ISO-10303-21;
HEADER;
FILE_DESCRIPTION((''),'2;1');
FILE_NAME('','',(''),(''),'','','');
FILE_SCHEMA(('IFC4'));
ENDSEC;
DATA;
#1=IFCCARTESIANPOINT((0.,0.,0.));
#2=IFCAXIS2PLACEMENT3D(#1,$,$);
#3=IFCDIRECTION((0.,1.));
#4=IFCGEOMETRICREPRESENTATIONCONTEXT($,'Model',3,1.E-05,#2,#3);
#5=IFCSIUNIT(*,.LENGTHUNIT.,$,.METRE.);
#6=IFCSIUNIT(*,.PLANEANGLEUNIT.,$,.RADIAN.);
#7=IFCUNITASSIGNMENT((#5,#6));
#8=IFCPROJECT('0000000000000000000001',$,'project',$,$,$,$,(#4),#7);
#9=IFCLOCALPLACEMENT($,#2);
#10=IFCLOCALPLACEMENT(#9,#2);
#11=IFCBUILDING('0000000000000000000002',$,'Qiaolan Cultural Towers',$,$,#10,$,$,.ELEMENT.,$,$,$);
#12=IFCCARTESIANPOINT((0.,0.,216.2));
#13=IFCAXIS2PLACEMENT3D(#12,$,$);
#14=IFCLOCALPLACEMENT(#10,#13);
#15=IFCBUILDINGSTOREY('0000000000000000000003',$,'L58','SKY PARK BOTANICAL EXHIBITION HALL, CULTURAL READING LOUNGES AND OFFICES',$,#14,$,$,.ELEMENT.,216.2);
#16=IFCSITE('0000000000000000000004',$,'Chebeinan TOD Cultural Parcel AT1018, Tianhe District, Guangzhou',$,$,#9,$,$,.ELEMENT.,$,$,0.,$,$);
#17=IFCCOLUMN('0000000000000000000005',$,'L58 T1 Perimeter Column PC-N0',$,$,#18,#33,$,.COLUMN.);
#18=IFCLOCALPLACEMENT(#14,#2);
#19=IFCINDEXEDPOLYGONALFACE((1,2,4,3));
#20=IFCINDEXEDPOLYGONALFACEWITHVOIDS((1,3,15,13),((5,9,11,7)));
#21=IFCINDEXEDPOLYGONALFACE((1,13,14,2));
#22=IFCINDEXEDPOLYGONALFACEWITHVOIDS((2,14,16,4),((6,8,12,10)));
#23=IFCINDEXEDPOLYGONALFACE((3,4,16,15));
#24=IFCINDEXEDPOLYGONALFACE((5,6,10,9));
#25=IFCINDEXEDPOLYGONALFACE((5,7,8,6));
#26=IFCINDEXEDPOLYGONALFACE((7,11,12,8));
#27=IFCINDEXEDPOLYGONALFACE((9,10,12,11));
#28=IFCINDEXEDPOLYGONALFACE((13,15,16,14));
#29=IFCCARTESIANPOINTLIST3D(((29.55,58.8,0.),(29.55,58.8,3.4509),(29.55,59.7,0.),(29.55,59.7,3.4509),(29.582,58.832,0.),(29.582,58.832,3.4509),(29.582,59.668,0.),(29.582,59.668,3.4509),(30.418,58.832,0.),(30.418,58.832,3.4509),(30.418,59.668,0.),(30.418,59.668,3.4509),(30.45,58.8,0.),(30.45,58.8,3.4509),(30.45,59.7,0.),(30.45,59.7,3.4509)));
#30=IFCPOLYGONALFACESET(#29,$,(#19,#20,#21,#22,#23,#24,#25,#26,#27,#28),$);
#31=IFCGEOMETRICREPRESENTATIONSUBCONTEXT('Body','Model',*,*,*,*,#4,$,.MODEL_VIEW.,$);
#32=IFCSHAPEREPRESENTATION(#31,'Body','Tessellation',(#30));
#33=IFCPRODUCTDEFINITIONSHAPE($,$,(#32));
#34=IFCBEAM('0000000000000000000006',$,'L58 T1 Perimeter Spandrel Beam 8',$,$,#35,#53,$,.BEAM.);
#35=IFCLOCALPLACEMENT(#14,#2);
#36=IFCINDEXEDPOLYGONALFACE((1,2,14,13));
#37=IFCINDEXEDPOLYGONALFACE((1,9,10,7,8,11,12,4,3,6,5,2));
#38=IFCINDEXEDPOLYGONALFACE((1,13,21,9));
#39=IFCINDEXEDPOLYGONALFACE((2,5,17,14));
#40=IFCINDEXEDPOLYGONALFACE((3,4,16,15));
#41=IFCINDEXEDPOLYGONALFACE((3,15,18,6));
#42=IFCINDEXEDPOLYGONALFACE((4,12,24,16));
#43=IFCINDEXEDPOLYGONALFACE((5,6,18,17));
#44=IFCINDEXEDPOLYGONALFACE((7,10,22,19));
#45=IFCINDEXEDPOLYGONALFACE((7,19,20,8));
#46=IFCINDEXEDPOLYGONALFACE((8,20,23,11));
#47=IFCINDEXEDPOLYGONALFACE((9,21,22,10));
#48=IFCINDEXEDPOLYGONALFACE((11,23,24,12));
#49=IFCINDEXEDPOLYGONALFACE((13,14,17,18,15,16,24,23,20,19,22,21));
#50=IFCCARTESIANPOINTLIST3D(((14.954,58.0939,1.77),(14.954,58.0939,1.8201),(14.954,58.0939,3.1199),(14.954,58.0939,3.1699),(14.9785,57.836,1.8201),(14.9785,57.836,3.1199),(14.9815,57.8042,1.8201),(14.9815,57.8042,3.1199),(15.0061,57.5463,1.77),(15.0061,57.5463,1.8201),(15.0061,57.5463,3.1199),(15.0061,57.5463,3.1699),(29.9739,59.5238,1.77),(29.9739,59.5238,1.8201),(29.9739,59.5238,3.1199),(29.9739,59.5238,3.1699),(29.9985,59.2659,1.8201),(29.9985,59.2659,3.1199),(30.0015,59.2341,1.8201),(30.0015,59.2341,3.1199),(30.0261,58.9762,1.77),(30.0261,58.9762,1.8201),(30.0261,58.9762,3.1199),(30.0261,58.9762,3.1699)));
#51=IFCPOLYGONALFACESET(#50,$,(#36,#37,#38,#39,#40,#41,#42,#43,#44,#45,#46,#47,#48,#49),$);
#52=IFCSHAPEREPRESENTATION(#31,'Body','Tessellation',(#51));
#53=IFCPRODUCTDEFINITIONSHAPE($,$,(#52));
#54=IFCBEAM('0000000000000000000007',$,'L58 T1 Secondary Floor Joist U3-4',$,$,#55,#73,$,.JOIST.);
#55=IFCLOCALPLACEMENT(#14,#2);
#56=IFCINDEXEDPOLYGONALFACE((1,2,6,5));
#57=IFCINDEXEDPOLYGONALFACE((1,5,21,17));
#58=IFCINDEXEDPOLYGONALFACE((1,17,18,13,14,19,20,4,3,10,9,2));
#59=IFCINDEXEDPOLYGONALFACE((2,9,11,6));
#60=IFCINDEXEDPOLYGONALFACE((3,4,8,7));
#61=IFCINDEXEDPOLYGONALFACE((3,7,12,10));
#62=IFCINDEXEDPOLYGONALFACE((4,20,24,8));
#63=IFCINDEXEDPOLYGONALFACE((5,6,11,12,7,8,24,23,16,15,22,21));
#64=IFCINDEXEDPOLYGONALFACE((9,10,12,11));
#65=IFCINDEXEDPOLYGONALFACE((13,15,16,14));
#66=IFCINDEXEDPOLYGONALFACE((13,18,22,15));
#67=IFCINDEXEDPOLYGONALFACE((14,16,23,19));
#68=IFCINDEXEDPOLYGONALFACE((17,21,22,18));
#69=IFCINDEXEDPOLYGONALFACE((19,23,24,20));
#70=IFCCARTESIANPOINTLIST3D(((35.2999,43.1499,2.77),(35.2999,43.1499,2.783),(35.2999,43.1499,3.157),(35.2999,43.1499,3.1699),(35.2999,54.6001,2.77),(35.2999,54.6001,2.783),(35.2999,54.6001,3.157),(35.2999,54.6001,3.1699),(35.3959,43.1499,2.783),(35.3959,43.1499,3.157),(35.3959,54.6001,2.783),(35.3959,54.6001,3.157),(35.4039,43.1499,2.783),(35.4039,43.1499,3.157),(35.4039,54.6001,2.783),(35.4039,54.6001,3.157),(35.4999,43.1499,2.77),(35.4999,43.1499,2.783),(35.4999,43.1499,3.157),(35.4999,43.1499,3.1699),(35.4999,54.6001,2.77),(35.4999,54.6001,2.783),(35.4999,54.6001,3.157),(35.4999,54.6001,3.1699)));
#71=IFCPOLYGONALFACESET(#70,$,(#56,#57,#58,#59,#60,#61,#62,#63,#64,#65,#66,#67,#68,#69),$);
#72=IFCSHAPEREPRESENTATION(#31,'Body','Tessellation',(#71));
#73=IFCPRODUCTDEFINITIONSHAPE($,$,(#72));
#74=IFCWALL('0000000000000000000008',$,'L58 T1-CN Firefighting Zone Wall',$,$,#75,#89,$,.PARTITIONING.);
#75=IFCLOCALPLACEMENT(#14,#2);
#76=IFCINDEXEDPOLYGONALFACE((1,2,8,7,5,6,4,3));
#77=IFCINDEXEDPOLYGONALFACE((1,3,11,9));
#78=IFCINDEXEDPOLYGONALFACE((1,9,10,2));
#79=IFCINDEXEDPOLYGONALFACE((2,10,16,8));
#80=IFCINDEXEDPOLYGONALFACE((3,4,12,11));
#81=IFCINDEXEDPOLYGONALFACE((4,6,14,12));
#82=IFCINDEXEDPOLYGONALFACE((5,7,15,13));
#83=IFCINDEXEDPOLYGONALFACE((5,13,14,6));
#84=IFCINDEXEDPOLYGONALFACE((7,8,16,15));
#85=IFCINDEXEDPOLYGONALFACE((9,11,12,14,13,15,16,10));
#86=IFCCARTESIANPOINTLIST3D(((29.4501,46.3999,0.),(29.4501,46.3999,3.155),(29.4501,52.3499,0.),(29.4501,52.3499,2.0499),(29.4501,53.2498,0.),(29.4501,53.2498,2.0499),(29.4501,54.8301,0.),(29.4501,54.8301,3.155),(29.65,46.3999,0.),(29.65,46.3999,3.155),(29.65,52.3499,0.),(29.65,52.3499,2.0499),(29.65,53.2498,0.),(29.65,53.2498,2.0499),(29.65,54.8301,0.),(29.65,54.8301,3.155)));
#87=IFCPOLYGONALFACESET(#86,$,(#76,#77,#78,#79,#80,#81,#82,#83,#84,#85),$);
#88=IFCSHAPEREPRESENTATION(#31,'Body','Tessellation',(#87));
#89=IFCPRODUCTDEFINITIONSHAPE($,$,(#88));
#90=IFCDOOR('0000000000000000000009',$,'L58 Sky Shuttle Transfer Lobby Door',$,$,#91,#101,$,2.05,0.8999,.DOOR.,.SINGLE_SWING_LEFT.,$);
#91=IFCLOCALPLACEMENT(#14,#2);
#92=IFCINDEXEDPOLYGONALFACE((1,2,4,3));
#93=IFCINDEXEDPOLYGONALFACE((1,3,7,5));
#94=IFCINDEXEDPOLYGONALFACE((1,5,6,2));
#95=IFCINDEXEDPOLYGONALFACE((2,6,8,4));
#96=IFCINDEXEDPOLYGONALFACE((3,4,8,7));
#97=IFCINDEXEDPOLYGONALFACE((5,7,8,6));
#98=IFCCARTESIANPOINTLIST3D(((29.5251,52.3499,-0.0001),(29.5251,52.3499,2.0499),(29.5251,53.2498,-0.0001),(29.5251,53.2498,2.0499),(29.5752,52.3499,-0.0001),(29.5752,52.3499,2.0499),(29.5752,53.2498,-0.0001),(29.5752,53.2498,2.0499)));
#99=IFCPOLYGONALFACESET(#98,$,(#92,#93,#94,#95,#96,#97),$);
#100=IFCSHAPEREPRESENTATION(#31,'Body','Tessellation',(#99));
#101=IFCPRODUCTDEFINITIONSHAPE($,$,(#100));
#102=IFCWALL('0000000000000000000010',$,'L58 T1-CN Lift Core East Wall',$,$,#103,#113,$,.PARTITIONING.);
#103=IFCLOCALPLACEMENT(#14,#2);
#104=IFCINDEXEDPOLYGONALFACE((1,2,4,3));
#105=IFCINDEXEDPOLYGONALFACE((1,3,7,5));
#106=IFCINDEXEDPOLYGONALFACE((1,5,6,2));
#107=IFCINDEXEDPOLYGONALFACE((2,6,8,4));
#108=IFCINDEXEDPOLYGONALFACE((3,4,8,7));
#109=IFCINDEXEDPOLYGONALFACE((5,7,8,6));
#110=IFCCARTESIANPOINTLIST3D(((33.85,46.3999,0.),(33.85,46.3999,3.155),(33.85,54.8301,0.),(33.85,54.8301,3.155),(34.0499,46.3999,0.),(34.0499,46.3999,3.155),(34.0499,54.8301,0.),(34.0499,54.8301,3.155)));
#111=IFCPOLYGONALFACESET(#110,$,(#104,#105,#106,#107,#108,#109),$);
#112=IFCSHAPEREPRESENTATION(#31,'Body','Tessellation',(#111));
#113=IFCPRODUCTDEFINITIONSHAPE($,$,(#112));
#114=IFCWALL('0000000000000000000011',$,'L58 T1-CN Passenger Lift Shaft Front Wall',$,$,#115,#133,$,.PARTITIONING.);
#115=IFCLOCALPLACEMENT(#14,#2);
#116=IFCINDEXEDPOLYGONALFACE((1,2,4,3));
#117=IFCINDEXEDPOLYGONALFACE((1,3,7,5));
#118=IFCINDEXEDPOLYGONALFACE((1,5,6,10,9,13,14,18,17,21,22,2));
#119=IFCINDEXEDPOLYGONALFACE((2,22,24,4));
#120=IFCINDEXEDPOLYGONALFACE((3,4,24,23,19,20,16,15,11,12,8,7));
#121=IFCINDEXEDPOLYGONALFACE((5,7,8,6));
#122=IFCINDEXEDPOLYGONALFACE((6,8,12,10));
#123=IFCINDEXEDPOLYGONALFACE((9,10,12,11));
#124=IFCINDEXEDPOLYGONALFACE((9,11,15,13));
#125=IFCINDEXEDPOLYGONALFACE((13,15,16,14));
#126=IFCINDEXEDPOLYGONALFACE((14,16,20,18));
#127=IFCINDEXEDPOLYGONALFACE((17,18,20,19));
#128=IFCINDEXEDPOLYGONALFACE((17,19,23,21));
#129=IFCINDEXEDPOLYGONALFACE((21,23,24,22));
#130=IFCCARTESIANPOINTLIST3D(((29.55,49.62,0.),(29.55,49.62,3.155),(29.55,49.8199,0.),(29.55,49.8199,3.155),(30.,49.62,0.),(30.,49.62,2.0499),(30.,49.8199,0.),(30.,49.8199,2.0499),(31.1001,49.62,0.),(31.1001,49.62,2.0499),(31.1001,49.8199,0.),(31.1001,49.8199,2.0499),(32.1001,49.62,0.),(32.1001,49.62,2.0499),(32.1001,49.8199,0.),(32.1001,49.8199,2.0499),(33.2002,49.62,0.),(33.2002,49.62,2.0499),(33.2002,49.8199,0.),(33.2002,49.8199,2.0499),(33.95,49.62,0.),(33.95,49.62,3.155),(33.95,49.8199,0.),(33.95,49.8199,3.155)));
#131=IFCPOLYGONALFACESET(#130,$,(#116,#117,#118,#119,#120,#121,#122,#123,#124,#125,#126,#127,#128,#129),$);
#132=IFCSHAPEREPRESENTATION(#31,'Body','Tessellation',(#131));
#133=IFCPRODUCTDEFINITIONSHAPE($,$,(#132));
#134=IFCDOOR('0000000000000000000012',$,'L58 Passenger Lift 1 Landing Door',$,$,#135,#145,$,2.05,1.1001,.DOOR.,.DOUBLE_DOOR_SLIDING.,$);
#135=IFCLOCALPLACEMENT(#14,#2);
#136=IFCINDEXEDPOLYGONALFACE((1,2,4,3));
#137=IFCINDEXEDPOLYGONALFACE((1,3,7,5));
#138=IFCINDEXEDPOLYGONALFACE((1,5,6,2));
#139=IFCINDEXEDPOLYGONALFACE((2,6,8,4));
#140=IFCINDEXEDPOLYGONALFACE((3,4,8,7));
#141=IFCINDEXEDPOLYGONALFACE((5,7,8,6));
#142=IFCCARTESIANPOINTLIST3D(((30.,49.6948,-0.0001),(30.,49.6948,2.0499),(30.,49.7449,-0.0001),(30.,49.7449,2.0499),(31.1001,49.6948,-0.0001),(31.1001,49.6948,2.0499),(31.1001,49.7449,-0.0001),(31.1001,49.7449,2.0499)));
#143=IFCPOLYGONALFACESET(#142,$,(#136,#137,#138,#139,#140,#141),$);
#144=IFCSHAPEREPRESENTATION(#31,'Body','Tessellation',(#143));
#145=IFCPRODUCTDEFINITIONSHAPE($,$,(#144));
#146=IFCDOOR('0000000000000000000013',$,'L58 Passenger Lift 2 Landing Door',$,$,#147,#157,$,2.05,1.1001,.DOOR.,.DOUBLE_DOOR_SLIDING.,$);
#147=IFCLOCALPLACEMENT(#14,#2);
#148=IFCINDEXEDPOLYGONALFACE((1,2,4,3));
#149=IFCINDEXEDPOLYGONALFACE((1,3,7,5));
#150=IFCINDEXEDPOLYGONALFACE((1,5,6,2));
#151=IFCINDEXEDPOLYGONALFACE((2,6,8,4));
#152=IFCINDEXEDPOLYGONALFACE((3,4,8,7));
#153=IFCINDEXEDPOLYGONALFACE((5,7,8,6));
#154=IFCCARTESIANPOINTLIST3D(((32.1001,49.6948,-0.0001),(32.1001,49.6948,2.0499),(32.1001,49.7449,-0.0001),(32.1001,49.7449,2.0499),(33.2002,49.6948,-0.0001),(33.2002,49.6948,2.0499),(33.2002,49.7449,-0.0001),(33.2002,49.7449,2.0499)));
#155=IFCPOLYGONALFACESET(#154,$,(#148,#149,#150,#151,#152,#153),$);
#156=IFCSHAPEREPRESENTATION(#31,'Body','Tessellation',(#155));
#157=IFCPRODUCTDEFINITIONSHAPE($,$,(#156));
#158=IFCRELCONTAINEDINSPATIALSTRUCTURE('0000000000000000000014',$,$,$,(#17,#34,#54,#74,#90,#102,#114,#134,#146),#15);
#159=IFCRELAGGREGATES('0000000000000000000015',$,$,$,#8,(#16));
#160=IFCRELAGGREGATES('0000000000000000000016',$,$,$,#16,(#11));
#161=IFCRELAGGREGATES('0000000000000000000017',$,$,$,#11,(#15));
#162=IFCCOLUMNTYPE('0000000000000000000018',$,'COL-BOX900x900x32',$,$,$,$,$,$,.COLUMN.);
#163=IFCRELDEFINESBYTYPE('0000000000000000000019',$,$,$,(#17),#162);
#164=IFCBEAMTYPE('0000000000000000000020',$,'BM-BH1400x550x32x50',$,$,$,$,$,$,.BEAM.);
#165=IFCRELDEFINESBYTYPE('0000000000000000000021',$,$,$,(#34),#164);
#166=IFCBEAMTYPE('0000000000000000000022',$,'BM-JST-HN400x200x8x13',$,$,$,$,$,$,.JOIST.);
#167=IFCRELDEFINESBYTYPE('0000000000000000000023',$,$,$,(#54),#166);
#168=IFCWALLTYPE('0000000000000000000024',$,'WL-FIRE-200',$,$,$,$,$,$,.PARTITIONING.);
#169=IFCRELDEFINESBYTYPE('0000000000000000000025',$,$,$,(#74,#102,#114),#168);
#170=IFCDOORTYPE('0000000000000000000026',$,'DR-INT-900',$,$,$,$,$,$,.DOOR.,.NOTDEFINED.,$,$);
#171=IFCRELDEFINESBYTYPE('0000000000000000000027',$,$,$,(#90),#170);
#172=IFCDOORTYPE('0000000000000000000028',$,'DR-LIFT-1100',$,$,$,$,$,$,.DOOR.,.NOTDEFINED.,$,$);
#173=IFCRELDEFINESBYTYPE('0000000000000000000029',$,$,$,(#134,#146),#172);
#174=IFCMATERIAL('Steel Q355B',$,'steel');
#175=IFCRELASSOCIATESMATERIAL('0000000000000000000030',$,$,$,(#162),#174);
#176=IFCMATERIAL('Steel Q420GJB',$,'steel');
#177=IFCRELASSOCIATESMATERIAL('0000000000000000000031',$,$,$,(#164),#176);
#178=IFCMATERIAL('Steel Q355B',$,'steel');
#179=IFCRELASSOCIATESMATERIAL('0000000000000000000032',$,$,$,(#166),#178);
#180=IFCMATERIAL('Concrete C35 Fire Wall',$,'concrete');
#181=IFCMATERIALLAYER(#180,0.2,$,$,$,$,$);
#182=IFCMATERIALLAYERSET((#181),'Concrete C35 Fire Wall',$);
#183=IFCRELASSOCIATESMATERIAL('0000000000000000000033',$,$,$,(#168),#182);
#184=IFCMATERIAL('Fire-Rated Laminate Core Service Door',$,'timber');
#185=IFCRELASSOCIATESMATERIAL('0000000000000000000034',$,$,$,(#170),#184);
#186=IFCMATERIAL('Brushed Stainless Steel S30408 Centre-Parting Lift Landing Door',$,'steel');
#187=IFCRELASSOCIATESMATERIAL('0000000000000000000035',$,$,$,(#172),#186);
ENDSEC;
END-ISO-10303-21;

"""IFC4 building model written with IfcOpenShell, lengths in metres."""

from ifc_helpers import new_model, si_unit, direction, frame, frame_2d, origin, origin_2d, place, context, subcontext, project, spatial, rectangle, hollow_rectangle, i_section, extrude, material, layer, layer_set, material_profile, profile_set, type_object, element, fill, save


model = new_model("IFC4")

# Units and contexts
model_context = context("Model", 3, precision=1e-05, world=origin(), true_north=direction((0.0, 1.0)))
body_context = subcontext(model_context, "Body", "Model", "MODEL_VIEW")
ifc_project = project(units=[si_unit("LENGTHUNIT", "METRE"), si_unit("PLANEANGLEUNIT", "RADIAN")], contexts=[model_context])

# Site, building, storey
site_placement = place(None, origin())
site = spatial("IfcSite", under=ifc_project, at=site_placement, Name="Chebeinan TOD Cultural Parcel AT1018, Tianhe District, Guangzhou", CompositionType="ELEMENT", RefElevation=0.0)
building_placement = place(site_placement, origin())
building = spatial("IfcBuilding", under=site, at=building_placement, Name="Qiaolan Cultural Towers", CompositionType="ELEMENT")
storey_placement = place(building_placement, frame((0.0, 0.0, 216.2)))
storey = spatial("IfcBuildingStorey", under=building, at=storey_placement, Name="L58", Description="SKY PARK BOTANICAL EXHIBITION HALL, CULTURAL READING LOUNGES AND OFFICES", CompositionType="ELEMENT", Elevation=216.2)

# Column
ifc_material_1 = material(Name="Steel Q355B", Category="steel")
ifc_material_profile_1 = material_profile(ifc_material_1, hollow_rectangle(XDim=0.8999, YDim=0.8999, WallThickness=0.032, at=origin_2d()), Name="BOX900x900x32")
ifc_profile_set_1 = profile_set([ifc_material_profile_1], Name="Steel Q355B")
column_type = type_object("IfcColumnType", Name="COL-BOX900x900x32", PredefinedType="COLUMN", material=ifc_profile_set_1)
column_placement = place(storey_placement, frame((30.0, 59.25, 0.0), z_axis=(0.0, 0.0, 1.0), x_axis=(1.0, 0.0, 0.0)))
element("IfcColumn", 1, at=column_placement, inside=storey, type_object=column_type, Name="L58 T1 Perimeter Column PC-N0", PredefinedType="COLUMN", context=body_context, shape_type="SweptSolid", body=[
    extrude(hollow_rectangle(XDim=0.8999, YDim=0.8999, WallThickness=0.032, at=origin_2d()), origin(), (0.0, 0.0, 1.0), 3.4509),
])

# Beams
ifc_material_2 = material(Name="Steel Q420GJB", Category="steel")
ifc_material_profile_2 = material_profile(ifc_material_2, i_section(OverallWidth=0.55, OverallDepth=1.3999, WebThickness=0.032, FlangeThickness=0.05, at=origin_2d()), Name="BH1400x550x32x50")
ifc_profile_set_2 = profile_set([ifc_material_profile_2], Name="Steel Q420GJB")
beam_type_1 = type_object("IfcBeamType", Name="BM-BH1400x550x32x50", PredefinedType="BEAM", material=ifc_profile_set_2)
beam_1_placement = place(storey_placement, frame((30.0, 59.25, 2.47), z_axis=(-0.995499, -0.094773, 0.0), x_axis=(0.094773, -0.995499, 0.0)))
element("IfcBeam", 2, at=beam_1_placement, inside=storey, type_object=beam_type_1, Name="L58 T1 Perimeter Spandrel Beam 8", PredefinedType="BEAM", context=body_context, shape_type="SweptSolid", body=[
    extrude(i_section(OverallWidth=0.55, OverallDepth=1.3999, WebThickness=0.032, FlangeThickness=0.05, at=origin_2d()), origin(), (0.0, 0.0, 1.0), 15.0879),
])
ifc_material_3 = material(Name="Steel Q355B", Category="steel")
ifc_material_profile_3 = material_profile(ifc_material_3, i_section(OverallWidth=0.2, OverallDepth=0.3999, WebThickness=0.0081, FlangeThickness=0.0129, at=origin_2d()), Name="HN400x200x8x13")
ifc_profile_set_3 = profile_set([ifc_material_profile_3], Name="Steel Q355B")
beam_type_2 = type_object("IfcBeamType", Name="BM-JST-HN400x200x8x13", PredefinedType="JOIST", material=ifc_profile_set_3)
beam_2_placement = place(storey_placement, frame((35.3999, 43.1499, 2.97), z_axis=(0.0, 1.0, 0.0), x_axis=(-1.0, 0.0, 0.0)))
element("IfcBeam", 3, at=beam_2_placement, inside=storey, type_object=beam_type_2, Name="L58 T1 Secondary Floor Joist U3-4", PredefinedType="JOIST", context=body_context, shape_type="SweptSolid", body=[
    extrude(i_section(OverallWidth=0.2, OverallDepth=0.3999, WebThickness=0.0081, FlangeThickness=0.0129, at=origin_2d()), origin(), (0.0, 0.0, 1.0), 11.4502),
])

# Wall, opening, door
ifc_material_4 = material(Name="Concrete C35 Fire Wall", Category="concrete")
ifc_layer_1 = layer(ifc_material_4, 0.2)
ifc_layer_set_1 = layer_set([ifc_layer_1], Name="Concrete C35 Fire Wall")
wall_type_1 = type_object("IfcWallType", Name="WL-FIRE-200", PredefinedType="PARTITIONING", material=ifc_layer_set_1)
wall_1_placement = place(storey_placement, frame((29.55, 46.3999, 0.0), z_axis=(0.0, 0.0, 1.0), x_axis=(0.0, 1.0, 0.0)))
wall_1 = element("IfcWall", 4, at=wall_1_placement, inside=storey, type_object=wall_type_1, Name="L58 T1-CN Firefighting Zone Wall", PredefinedType="PARTITIONING", context=body_context, shape_type="SweptSolid", body=[
    extrude(rectangle(XDim=8.4302, YDim=0.2, at=frame_2d((4.2151, 0.0))), origin(), (0.0, 0.0, 1.0), 3.155),
])
opening_1_placement = place(wall_1_placement, frame((5.95, 0.0, 0.0)))
opening_1 = element("IfcOpeningElement", 5, at=opening_1_placement, cuts=wall_1, PredefinedType="OPENING", context=body_context, shape_type="SweptSolid", body=[
    extrude(rectangle(XDim=0.8999, YDim=2.05, at=frame_2d((0.45, 1.0249))), frame((0.0, 0.1099, 0.0), z_axis=(0.0, -1.0, 0.0), x_axis=(1.0, 0.0, 0.0)), (0.0, 0.0, 1.0), 0.22),
])
ifc_material_5 = material(Name="Fire-Rated Laminate Core Service Door", Category="timber")
door_type_1 = type_object("IfcDoorType", Name="DR-INT-900", OperationType="NOTDEFINED", PredefinedType="DOOR", material=ifc_material_5)
door_1_placement = place(opening_1_placement, origin())
door_1 = element("IfcDoor", 6, at=door_1_placement, inside=storey, type_object=door_type_1, Name="L58 Sky Shuttle Transfer Lobby Door", OperationType="SINGLE_SWING_LEFT", OverallHeight=2.05, OverallWidth=0.8999, PredefinedType="DOOR", context=body_context, shape_type="SweptSolid", body=[
    extrude(rectangle(XDim=0.8999, YDim=2.05, at=frame_2d((0.45, 1.0249))), frame((0.0, 0.0249, 0.0), z_axis=(0.0, -1.0, 0.0), x_axis=(1.0, 0.0, 0.0)), (0.0, 0.0, 1.0), 0.05),
])
fill(opening_1, door_1)

# Wall
wall_2_placement = place(storey_placement, frame((33.95, 46.3999, 0.0), z_axis=(0.0, 0.0, 1.0), x_axis=(0.0, 1.0, 0.0)))
element("IfcWall", 7, at=wall_2_placement, inside=storey, type_object=wall_type_1, Name="L58 T1-CN Lift Core East Wall", PredefinedType="PARTITIONING", context=body_context, shape_type="SweptSolid", body=[
    extrude(rectangle(XDim=8.4302, YDim=0.2, at=frame_2d((4.2151, 0.0))), origin(), (0.0, 0.0, 1.0), 3.155),
])

# Wall, openings, doors
wall_3_placement = place(storey_placement, frame((29.55, 49.72, 0.0), z_axis=(0.0, 0.0, 1.0), x_axis=(1.0, 0.0, 0.0)))
wall_3 = element("IfcWall", 8, at=wall_3_placement, inside=storey, type_object=wall_type_1, Name="L58 T1-CN Passenger Lift Shaft Front Wall", PredefinedType="PARTITIONING", context=body_context, shape_type="SweptSolid", body=[
    extrude(rectangle(XDim=4.3999, YDim=0.2, at=frame_2d((2.2, 0.0))), origin(), (0.0, 0.0, 1.0), 3.155),
])
opening_2_placement = place(wall_3_placement, frame((0.45, 0.0, 0.0)))
opening_2 = element("IfcOpeningElement", 9, at=opening_2_placement, cuts=wall_3, PredefinedType="OPENING", context=body_context, shape_type="SweptSolid", body=[
    extrude(rectangle(XDim=1.1001, YDim=2.05, at=frame_2d((0.55, 1.0249))), frame((0.0, 0.1099, 0.0), z_axis=(0.0, -1.0, 0.0), x_axis=(1.0, 0.0, 0.0)), (0.0, 0.0, 1.0), 0.22),
])
opening_3_placement = place(wall_3_placement, frame((2.55, 0.0, 0.0)))
opening_3 = element("IfcOpeningElement", 10, at=opening_3_placement, cuts=wall_3, PredefinedType="OPENING", context=body_context, shape_type="SweptSolid", body=[
    extrude(rectangle(XDim=1.1001, YDim=2.05, at=frame_2d((0.55, 1.0249))), frame((0.0, 0.1099, 0.0), z_axis=(0.0, -1.0, 0.0), x_axis=(1.0, 0.0, 0.0)), (0.0, 0.0, 1.0), 0.22),
])
ifc_material_6 = material(Name="Brushed Stainless Steel S30408 Centre-Parting Lift Landing Door", Category="steel")
door_type_2 = type_object("IfcDoorType", Name="DR-LIFT-1100", OperationType="NOTDEFINED", PredefinedType="DOOR", material=ifc_material_6)
door_2_placement = place(opening_2_placement, origin())
door_2 = element("IfcDoor", 11, at=door_2_placement, inside=storey, type_object=door_type_2, Name="L58 Passenger Lift 1 Landing Door", OperationType="DOUBLE_DOOR_SLIDING", OverallHeight=2.05, OverallWidth=1.1001, PredefinedType="DOOR", context=body_context, shape_type="SweptSolid", body=[
    extrude(rectangle(XDim=1.1001, YDim=2.05, at=frame_2d((0.55, 1.0249))), frame((0.0, 0.0249, 0.0), z_axis=(0.0, -1.0, 0.0), x_axis=(1.0, 0.0, 0.0)), (0.0, 0.0, 1.0), 0.05),
])
fill(opening_2, door_2)
door_3_placement = place(opening_3_placement, origin())
door_3 = element("IfcDoor", 12, at=door_3_placement, inside=storey, type_object=door_type_2, Name="L58 Passenger Lift 2 Landing Door", OperationType="DOUBLE_DOOR_SLIDING", OverallHeight=2.05, OverallWidth=1.1001, PredefinedType="DOOR", context=body_context, shape_type="SweptSolid", body=[
    extrude(rectangle(XDim=1.1001, YDim=2.05, at=frame_2d((0.55, 1.0249))), frame((0.0, 0.0249, 0.0), z_axis=(0.0, -1.0, 0.0), x_axis=(1.0, 0.0, 0.0)), (0.0, 0.0, 1.0), 0.05),
])
fill(opening_3, door_3)

save(model, "model.ifc")
